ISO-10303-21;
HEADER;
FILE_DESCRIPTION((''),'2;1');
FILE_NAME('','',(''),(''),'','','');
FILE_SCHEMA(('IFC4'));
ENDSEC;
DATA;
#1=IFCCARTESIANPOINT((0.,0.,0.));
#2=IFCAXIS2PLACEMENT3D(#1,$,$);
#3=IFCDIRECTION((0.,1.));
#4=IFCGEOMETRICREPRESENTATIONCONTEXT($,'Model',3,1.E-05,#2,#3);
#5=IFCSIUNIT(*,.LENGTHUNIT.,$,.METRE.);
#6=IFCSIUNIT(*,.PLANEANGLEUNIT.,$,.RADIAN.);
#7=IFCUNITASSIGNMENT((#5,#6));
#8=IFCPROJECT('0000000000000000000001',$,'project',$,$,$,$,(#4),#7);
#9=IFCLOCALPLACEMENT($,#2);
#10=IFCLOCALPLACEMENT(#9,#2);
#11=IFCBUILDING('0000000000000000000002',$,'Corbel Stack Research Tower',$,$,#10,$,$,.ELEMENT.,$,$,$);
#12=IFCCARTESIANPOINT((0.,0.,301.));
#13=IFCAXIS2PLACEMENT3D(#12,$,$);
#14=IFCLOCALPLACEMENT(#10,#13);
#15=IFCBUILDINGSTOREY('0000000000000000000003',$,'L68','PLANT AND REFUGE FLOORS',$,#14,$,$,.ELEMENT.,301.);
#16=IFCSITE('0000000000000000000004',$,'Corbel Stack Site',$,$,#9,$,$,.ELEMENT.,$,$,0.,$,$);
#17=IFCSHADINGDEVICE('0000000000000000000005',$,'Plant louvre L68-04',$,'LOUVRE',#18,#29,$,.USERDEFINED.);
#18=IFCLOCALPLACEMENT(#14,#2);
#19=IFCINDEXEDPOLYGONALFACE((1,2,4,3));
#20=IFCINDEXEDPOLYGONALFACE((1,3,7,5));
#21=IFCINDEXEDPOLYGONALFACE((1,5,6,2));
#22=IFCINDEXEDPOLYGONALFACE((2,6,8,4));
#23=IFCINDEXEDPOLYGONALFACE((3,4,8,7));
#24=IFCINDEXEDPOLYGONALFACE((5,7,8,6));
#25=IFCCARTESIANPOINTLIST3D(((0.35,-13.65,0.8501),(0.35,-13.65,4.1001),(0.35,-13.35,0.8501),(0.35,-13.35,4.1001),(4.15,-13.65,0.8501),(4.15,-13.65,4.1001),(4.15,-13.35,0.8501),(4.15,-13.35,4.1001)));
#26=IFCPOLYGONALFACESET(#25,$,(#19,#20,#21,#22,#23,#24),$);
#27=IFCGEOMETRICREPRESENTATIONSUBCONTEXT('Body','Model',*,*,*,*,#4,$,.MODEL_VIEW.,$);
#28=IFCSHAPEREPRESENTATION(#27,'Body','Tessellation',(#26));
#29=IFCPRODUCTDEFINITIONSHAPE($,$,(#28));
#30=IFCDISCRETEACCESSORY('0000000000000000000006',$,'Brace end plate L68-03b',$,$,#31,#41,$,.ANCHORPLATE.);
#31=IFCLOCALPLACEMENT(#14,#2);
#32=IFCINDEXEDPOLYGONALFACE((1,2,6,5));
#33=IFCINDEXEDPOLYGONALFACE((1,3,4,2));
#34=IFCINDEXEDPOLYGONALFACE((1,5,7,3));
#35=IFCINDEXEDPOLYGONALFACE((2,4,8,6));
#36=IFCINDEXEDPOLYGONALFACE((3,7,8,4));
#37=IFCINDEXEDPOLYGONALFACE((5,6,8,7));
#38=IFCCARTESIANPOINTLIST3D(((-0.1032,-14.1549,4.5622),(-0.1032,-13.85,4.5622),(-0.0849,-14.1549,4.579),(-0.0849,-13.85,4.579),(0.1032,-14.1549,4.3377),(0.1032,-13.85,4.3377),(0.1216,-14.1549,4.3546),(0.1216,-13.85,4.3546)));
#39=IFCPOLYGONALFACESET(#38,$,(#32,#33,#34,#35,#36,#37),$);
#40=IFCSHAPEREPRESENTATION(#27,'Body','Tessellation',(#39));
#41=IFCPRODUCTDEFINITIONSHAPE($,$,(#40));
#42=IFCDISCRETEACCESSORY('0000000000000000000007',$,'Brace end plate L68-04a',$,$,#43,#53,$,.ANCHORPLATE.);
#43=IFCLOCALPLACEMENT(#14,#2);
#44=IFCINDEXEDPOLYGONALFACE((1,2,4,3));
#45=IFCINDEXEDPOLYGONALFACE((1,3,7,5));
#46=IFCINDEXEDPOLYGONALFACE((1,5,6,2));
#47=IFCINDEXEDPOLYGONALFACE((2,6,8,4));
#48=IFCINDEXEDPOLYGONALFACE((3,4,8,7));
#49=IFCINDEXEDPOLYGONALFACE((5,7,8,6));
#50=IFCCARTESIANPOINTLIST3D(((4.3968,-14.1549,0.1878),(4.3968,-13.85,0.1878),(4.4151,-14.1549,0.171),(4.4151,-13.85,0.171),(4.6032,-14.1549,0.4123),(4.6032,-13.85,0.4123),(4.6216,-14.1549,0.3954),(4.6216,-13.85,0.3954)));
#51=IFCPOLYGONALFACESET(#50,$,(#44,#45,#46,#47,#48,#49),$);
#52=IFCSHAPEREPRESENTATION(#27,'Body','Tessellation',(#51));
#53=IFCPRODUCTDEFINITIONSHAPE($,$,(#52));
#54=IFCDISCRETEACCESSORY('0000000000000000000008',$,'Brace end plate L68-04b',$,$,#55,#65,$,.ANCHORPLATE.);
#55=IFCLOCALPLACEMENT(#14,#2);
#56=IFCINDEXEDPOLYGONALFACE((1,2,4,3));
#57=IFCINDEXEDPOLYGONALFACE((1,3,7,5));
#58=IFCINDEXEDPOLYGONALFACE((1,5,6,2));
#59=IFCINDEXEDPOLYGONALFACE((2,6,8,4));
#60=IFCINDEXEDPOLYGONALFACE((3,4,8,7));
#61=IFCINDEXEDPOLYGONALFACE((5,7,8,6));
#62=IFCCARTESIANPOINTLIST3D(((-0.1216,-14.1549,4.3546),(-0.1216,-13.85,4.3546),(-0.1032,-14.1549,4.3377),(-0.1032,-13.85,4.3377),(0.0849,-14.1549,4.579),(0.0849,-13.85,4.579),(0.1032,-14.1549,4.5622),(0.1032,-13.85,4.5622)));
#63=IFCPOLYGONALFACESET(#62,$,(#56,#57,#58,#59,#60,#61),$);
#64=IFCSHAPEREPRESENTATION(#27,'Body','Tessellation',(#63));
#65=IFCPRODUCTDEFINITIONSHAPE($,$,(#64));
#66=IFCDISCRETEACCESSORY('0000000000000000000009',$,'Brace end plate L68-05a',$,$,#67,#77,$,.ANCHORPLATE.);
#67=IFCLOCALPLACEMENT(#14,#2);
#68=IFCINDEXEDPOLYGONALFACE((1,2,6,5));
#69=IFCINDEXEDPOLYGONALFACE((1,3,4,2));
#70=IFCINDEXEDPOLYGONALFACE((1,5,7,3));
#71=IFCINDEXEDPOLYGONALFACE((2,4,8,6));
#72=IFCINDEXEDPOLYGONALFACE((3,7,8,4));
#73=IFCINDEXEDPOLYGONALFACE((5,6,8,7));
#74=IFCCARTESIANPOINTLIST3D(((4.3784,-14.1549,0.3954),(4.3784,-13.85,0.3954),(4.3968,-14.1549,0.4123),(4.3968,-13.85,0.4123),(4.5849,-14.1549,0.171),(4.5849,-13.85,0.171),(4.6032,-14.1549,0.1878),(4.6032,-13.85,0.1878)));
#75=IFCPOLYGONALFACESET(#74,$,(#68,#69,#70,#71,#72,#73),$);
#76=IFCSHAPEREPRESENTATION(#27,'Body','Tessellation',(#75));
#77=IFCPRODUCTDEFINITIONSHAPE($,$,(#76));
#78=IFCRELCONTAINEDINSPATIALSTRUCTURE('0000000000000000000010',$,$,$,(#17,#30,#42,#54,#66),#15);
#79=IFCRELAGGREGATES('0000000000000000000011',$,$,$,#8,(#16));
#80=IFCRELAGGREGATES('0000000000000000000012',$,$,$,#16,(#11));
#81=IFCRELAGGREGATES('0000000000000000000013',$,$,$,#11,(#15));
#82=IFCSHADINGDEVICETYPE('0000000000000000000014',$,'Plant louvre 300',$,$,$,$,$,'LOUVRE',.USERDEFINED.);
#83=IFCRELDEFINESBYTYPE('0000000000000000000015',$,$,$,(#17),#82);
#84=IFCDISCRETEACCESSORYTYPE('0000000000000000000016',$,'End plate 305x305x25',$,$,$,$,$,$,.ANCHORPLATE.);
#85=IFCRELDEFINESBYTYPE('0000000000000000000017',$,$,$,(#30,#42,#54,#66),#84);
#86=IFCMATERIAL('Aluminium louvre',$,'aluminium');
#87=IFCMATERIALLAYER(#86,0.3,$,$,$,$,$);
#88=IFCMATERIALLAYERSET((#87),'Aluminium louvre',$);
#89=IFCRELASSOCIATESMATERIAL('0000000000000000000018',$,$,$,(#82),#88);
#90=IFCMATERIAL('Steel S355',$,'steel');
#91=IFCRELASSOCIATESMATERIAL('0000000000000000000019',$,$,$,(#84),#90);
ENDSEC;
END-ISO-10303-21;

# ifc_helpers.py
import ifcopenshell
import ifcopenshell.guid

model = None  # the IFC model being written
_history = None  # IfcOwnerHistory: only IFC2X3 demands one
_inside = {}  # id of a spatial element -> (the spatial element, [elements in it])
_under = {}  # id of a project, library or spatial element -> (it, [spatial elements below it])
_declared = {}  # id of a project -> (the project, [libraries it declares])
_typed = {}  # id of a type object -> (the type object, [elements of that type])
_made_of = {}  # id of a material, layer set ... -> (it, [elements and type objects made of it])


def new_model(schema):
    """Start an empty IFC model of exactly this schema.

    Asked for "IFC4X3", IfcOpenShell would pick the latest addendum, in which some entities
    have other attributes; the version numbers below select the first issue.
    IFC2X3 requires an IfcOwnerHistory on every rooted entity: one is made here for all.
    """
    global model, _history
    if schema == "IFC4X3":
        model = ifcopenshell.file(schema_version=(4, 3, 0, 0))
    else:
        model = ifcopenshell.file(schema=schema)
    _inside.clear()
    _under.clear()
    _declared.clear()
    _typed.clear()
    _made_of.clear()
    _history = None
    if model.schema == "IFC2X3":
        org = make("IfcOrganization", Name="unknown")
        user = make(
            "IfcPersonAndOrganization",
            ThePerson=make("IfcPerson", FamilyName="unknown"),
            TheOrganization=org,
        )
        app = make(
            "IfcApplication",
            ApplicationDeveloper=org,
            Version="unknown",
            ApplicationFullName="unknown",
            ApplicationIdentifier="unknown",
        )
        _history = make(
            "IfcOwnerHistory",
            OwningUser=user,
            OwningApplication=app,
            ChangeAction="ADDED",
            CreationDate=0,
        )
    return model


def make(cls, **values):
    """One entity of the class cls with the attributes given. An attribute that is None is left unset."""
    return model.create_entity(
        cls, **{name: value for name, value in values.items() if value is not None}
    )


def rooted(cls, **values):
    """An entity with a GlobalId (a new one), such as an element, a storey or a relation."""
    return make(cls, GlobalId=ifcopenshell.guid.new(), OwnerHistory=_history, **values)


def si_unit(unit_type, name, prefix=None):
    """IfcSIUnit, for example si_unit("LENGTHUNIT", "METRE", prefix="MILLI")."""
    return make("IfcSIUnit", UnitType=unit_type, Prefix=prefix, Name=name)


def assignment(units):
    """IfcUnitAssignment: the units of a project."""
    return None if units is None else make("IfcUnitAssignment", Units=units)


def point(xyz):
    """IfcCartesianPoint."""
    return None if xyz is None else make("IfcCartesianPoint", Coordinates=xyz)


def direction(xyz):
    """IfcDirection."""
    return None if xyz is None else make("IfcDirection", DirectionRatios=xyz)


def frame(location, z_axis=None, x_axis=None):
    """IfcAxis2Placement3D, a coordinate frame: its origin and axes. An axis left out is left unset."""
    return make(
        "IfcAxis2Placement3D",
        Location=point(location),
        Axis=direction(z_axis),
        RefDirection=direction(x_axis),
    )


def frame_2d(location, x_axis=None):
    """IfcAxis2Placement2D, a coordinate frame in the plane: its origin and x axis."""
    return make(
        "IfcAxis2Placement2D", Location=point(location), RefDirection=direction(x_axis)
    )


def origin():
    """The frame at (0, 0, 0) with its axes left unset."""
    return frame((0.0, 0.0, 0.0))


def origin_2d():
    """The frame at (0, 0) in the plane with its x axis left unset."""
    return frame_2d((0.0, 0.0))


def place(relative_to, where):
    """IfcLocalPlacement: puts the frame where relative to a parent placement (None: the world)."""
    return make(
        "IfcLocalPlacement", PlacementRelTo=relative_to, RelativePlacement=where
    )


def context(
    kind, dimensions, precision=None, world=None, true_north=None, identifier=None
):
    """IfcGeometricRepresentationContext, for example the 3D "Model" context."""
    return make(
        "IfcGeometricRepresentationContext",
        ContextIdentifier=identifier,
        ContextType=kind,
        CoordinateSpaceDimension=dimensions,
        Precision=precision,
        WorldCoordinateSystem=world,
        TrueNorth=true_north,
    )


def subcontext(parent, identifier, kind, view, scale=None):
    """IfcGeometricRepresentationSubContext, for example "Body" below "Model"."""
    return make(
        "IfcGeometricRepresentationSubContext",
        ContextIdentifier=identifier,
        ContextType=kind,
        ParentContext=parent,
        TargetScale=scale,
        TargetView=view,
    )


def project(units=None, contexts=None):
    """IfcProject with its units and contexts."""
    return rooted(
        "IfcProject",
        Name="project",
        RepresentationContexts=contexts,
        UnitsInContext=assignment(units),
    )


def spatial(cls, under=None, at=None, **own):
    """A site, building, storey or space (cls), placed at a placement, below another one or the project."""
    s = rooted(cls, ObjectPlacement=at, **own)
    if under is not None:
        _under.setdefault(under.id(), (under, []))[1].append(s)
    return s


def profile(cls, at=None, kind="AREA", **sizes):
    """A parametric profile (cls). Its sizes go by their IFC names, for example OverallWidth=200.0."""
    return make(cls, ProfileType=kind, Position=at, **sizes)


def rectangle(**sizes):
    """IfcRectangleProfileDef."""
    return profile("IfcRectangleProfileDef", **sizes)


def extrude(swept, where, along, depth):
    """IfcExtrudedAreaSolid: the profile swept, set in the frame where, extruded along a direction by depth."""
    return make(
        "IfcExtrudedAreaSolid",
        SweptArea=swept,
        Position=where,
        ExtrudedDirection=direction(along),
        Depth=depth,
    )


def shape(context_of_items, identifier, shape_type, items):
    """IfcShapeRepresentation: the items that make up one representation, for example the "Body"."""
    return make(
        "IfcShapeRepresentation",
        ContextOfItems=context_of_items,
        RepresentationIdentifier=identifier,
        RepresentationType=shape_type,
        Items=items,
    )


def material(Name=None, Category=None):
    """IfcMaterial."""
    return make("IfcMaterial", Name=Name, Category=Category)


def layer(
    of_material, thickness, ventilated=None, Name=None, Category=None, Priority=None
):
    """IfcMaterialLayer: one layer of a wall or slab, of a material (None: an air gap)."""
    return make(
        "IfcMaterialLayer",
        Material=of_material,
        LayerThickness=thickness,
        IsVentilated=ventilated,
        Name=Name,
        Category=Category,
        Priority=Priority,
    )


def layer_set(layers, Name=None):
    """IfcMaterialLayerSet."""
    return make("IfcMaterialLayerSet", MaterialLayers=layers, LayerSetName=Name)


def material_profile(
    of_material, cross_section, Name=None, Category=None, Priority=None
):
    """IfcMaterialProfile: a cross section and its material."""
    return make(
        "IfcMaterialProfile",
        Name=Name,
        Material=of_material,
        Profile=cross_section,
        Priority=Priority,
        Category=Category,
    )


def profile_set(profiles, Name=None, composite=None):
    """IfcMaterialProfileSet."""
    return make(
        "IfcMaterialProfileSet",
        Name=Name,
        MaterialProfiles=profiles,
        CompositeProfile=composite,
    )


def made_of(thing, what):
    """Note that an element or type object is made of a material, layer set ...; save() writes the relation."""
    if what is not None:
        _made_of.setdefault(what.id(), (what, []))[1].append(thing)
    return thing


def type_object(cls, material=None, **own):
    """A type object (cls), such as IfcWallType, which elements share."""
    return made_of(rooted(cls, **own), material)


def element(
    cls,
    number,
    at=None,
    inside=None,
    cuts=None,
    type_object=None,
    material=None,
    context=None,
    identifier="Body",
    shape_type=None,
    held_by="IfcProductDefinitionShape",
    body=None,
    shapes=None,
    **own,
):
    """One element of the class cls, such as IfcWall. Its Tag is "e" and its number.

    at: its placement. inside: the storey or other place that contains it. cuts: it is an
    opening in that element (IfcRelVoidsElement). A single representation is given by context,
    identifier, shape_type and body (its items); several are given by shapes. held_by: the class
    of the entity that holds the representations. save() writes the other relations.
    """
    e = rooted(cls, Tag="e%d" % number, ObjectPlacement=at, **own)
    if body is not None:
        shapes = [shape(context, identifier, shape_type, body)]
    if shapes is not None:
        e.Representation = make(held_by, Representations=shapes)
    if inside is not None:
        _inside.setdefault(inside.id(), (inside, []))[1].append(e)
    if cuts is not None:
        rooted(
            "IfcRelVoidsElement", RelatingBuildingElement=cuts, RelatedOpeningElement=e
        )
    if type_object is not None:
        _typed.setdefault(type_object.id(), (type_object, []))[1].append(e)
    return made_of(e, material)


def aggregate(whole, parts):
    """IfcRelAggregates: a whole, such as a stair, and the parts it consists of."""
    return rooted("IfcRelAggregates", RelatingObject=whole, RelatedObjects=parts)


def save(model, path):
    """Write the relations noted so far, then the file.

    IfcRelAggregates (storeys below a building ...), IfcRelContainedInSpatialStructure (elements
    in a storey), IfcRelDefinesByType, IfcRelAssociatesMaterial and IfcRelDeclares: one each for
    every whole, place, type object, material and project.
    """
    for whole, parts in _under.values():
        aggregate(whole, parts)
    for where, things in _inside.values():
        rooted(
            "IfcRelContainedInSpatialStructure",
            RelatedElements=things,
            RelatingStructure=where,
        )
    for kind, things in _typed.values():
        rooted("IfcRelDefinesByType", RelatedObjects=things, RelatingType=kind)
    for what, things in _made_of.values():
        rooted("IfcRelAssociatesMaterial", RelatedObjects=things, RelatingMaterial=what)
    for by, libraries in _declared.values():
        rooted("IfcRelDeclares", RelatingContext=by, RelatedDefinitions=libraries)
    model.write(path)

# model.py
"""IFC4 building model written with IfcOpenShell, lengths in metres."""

from ifc_helpers import new_model, si_unit, direction, frame, origin, origin_2d, place, context, subcontext, project, spatial, rectangle, extrude, material, layer, layer_set, material_profile, profile_set, type_object, element, save


model = new_model("IFC4")

# Units and contexts
model_context = context("Model", 3, precision=1e-05, world=origin(), true_north=direction((0.0, 1.0)))
body_context = subcontext(model_context, "Body", "Model", "MODEL_VIEW")
ifc_project = project(units=[si_unit("LENGTHUNIT", "METRE"), si_unit("PLANEANGLEUNIT", "RADIAN")], contexts=[model_context])

# Site, building, storey
site_placement = place(None, origin())
site = spatial("IfcSite", under=ifc_project, at=site_placement, Name="Corbel Stack Site", CompositionType="ELEMENT", RefElevation=0.0)
building_placement = place(site_placement, origin())
building = spatial("IfcBuilding", under=site, at=building_placement, Name="Corbel Stack Research Tower", CompositionType="ELEMENT")
storey_placement = place(building_placement, frame((0.0, 0.0, 301.0)))
storey = spatial("IfcBuildingStorey", under=building, at=storey_placement, Name="L68", Description="PLANT AND REFUGE FLOORS", CompositionType="ELEMENT", Elevation=301.0)

# Shading device
ifc_material_1 = material(Name="Aluminium louvre", Category="aluminium")
ifc_layer_1 = layer(ifc_material_1, 0.3)
ifc_layer_set_1 = layer_set([ifc_layer_1], Name="Aluminium louvre")
shading_device_type = type_object("IfcShadingDeviceType", Name="Plant louvre 300", ElementType="LOUVRE", PredefinedType="USERDEFINED", material=ifc_layer_set_1)
shading_device_placement = place(storey_placement, frame((2.25, -13.5, 0.8501), z_axis=(0.0, 0.0, 1.0), x_axis=(1.0, 0.0, 0.0)))
element("IfcShadingDevice", 1, at=shading_device_placement, inside=storey, type_object=shading_device_type, Name="Plant louvre L68-04", ObjectType="LOUVRE", PredefinedType="USERDEFINED", context=body_context, shape_type="SweptSolid", body=[
    extrude(rectangle(XDim=3.8, YDim=0.3, at=origin_2d()), origin(), (0.0, 0.0, 1.0), 3.25),
])

# Discrete accessories
ifc_material_2 = material(Name="Steel S355", Category="steel")
ifc_material_profile_1 = material_profile(ifc_material_2, rectangle(XDim=0.3049, YDim=0.3049, at=origin_2d()), Name="End plate 305x305x25")
ifc_profile_set_1 = profile_set([ifc_material_profile_1], Name="Steel S355")
discrete_accessory_type = type_object("IfcDiscreteAccessoryType", Name="End plate 305x305x25", PredefinedType="ANCHORPLATE", material=ifc_profile_set_1)
for number, where, z_axis, x_axis, name in (
    (2, (0.0, -14.0024, 4.45), (0.735931, 0.0, 0.677057), (0.0, 1.0, 0.0), "Brace end plate L68-03b"),
    (3, (4.5, -14.0024, 0.3), (0.735931, 0.0, -0.677057), (0.0, 1.0, 0.0), "Brace end plate L68-04a"),
    (4, (0.0, -14.0024, 4.45), (-0.735931, 0.0, 0.677057), (0.0, -1.0, 0.0), "Brace end plate L68-04b"),
    (5, (4.5, -14.0024, 0.3), (-0.735931, 0.0, -0.677057), (0.0, -1.0, 0.0), "Brace end plate L68-05a"),
):
    element("IfcDiscreteAccessory", number, at=place(storey_placement, frame(where, z_axis=z_axis, x_axis=x_axis)), inside=storey, type_object=discrete_accessory_type, Name=name, PredefinedType="ANCHORPLATE", context=body_context, shape_type="SweptSolid", body=[
        extrude(rectangle(XDim=0.3049, YDim=0.3049, at=origin_2d()), origin(), (0.0, 0.0, 1.0), 0.0249),
    ])

save(model, "model.ifc")
